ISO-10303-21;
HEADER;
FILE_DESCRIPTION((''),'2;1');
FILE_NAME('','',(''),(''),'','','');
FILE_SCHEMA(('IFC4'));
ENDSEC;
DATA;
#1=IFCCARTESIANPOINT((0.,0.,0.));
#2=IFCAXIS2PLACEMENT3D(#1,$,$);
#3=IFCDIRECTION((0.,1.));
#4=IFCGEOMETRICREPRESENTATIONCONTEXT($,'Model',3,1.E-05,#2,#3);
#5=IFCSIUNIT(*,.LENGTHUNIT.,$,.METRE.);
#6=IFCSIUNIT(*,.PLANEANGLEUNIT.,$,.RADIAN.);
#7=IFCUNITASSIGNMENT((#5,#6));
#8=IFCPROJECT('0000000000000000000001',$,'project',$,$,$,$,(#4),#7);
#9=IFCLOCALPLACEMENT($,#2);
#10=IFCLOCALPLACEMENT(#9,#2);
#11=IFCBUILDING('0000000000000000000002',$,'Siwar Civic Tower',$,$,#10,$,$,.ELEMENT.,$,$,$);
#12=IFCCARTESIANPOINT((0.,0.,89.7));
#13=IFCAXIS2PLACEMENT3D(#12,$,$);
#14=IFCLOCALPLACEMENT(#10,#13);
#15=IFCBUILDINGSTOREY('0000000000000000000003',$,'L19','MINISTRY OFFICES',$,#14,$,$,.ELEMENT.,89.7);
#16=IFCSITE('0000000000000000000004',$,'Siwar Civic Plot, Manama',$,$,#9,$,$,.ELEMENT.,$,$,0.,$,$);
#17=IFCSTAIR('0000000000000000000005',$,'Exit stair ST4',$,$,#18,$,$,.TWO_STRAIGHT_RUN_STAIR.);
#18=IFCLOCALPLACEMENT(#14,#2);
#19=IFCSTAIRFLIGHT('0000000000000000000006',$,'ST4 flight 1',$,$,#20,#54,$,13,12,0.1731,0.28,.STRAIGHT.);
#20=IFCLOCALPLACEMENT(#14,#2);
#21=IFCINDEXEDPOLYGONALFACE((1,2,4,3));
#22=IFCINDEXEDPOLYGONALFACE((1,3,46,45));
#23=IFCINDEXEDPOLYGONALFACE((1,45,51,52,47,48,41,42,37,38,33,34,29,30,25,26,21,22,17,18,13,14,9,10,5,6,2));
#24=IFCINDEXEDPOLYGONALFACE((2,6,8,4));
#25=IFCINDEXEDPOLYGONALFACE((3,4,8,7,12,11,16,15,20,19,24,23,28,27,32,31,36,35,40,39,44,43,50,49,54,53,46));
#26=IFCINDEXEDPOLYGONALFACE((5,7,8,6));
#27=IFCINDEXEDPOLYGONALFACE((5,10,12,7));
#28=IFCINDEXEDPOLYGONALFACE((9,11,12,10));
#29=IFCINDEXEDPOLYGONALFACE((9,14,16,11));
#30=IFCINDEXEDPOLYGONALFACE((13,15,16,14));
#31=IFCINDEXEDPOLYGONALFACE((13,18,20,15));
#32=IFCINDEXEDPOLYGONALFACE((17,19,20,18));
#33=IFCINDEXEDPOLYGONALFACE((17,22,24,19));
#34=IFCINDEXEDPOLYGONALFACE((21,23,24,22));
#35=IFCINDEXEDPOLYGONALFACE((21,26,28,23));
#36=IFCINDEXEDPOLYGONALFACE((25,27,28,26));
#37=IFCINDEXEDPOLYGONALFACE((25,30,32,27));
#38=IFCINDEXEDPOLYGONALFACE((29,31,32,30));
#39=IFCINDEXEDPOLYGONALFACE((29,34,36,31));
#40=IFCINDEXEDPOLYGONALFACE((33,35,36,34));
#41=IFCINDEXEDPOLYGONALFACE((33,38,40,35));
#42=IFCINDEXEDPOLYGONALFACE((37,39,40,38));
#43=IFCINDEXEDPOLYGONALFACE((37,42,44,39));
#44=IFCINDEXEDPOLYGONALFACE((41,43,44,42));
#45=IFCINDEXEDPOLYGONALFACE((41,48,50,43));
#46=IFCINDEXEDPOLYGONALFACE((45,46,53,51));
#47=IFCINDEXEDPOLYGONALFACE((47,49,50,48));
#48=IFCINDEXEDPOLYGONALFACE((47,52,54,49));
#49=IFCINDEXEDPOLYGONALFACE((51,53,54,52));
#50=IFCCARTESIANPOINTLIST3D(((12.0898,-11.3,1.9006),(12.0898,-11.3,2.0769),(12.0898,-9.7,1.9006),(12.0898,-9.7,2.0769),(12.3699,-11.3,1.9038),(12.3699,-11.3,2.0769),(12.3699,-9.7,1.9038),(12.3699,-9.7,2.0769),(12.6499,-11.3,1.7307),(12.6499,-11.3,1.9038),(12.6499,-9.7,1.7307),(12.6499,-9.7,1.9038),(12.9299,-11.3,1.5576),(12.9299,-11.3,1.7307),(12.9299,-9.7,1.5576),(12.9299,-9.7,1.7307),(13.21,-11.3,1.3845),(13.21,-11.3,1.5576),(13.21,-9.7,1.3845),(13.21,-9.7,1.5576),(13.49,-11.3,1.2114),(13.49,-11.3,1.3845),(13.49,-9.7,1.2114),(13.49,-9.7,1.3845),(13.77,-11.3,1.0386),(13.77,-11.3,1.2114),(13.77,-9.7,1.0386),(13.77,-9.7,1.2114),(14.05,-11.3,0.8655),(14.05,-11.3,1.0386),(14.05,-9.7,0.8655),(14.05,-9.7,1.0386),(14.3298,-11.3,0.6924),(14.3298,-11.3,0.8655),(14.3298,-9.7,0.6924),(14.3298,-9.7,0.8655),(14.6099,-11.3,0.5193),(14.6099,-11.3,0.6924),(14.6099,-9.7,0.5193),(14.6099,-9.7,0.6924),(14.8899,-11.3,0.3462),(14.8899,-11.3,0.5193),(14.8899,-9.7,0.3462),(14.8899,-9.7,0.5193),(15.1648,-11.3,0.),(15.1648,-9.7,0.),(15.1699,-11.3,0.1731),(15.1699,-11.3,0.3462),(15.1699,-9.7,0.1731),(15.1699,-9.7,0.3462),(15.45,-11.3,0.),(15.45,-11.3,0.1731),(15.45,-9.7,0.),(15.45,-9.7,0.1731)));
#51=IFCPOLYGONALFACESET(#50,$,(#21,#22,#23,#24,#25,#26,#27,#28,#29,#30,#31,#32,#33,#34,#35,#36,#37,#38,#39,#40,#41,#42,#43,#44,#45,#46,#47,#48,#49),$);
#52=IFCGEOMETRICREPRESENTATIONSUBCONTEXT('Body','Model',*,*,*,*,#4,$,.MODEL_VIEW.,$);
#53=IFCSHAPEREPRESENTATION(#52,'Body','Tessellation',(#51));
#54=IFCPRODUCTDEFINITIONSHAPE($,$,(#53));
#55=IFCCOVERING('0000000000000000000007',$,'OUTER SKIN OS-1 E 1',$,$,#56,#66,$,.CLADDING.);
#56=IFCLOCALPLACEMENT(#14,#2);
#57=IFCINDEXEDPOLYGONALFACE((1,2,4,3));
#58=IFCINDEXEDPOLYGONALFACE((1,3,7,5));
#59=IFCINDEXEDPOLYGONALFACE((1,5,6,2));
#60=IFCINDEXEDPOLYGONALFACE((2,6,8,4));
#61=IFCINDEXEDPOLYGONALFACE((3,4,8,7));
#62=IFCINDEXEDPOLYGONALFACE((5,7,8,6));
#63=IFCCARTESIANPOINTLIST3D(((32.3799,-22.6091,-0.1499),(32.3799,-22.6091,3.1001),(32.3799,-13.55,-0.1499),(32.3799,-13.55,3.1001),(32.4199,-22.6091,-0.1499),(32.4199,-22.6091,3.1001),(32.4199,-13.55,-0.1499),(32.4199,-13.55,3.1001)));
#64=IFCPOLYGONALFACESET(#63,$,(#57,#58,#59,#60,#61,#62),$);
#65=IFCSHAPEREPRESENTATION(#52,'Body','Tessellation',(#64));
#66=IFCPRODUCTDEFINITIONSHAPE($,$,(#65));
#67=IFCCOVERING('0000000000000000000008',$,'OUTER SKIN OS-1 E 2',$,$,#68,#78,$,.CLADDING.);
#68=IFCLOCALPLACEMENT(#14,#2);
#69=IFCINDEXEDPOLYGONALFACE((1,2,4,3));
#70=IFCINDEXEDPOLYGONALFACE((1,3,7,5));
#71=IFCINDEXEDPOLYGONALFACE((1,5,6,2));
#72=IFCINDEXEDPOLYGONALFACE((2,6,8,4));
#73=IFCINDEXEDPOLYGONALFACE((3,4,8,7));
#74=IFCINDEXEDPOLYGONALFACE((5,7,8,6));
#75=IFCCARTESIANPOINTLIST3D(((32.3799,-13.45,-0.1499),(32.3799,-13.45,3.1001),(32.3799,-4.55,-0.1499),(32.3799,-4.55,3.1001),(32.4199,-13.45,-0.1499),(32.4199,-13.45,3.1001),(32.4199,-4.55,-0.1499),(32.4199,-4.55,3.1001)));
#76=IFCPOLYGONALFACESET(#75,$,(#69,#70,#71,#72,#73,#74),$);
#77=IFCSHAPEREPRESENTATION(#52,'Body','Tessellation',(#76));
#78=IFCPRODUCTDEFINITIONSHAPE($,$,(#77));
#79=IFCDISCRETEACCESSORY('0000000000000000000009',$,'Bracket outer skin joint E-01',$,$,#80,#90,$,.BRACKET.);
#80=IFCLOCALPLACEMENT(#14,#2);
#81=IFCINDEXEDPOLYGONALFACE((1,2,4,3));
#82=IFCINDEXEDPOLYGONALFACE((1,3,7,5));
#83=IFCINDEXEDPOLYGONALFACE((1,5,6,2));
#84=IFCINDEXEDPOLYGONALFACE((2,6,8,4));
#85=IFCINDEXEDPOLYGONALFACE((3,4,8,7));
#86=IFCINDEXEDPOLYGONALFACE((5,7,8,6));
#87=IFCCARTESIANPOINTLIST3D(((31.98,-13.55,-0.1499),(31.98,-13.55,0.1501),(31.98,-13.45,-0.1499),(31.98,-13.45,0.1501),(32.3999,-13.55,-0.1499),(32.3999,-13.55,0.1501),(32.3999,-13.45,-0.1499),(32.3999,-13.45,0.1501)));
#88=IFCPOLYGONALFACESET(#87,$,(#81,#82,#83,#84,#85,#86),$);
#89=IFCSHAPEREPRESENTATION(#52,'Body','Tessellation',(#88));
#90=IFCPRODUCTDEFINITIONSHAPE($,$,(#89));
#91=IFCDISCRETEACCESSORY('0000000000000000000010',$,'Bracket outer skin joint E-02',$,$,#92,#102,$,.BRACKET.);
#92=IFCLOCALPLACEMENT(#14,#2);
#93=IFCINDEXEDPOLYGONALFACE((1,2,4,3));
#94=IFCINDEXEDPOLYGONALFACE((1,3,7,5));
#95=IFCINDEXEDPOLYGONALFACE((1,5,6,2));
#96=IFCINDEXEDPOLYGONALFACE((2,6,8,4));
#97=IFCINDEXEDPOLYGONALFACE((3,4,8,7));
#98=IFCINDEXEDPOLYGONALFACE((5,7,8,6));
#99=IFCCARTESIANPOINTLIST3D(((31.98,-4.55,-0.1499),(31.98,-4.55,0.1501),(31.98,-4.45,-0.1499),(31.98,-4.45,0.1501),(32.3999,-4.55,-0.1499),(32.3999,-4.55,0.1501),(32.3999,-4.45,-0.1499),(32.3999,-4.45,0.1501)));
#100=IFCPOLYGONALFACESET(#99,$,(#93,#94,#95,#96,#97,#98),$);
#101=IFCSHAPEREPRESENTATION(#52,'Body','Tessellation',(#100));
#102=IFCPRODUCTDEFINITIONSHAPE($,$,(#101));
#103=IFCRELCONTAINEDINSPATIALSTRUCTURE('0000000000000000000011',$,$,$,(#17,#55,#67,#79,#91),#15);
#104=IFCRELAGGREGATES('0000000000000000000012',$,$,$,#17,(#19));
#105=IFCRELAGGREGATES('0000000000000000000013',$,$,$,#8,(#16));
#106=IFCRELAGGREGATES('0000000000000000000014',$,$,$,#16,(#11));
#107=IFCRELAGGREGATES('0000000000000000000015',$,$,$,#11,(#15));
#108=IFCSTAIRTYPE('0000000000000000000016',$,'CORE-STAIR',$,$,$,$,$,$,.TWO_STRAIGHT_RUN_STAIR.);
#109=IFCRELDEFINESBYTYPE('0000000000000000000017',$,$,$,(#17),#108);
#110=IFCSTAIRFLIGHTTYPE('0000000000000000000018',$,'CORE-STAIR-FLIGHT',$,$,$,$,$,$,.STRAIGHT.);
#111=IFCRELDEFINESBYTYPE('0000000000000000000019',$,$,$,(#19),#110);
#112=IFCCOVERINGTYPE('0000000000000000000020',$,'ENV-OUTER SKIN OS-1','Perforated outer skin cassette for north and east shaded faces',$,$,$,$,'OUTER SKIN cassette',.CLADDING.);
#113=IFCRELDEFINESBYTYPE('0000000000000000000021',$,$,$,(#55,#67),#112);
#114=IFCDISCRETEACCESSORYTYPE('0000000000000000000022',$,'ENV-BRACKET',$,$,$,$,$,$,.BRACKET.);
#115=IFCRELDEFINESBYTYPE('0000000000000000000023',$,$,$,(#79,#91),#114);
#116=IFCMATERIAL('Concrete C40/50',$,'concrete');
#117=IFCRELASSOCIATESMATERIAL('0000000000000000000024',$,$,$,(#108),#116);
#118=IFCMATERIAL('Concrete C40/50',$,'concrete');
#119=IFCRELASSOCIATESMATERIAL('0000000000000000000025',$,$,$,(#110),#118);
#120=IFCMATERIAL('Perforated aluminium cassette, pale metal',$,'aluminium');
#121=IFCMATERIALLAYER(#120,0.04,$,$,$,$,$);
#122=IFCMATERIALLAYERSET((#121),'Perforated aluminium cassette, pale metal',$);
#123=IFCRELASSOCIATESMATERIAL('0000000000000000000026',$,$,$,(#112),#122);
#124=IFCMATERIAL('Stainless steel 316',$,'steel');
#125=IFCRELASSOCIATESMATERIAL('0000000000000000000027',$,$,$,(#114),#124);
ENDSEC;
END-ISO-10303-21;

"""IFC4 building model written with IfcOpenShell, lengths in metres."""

from ifc_helpers import new_model, si_unit, direction, frame, origin, origin_2d, place, context, subcontext, project, spatial, polyline, rectangle, outline, extrude, material, layer, layer_set, type_object, element, aggregate, save


model = new_model("IFC4")

# Units and contexts
model_context = context("Model", 3, precision=1e-05, world=origin(), true_north=direction((0.0, 1.0)))
body_context = subcontext(model_context, "Body", "Model", "MODEL_VIEW")
ifc_project = project(units=[si_unit("LENGTHUNIT", "METRE"), si_unit("PLANEANGLEUNIT", "RADIAN")], contexts=[model_context])

# Site, building, storey
site_placement = place(None, origin())
site = spatial("IfcSite", under=ifc_project, at=site_placement, Name="Siwar Civic Plot, Manama", CompositionType="ELEMENT", RefElevation=0.0)
building_placement = place(site_placement, origin())
building = spatial("IfcBuilding", under=site, at=building_placement, Name="Siwar Civic Tower", CompositionType="ELEMENT")
storey_placement = place(building_placement, frame((0.0, 0.0, 89.7)))
storey = spatial("IfcBuildingStorey", under=building, at=storey_placement, Name="L19", Description="MINISTRY OFFICES", CompositionType="ELEMENT", Elevation=89.7)

# Stair, stair flight
ifc_material_1 = material(Name="Concrete C40/50", Category="concrete")
stair_type = type_object("IfcStairType", Name="CORE-STAIR", PredefinedType="TWO_STRAIGHT_RUN_STAIR", material=ifc_material_1)
stair_placement = place(storey_placement, origin())
stair = element("IfcStair", 1, at=stair_placement, inside=storey, type_object=stair_type, Name="Exit stair ST4", PredefinedType="TWO_STRAIGHT_RUN_STAIR")
ifc_material_2 = material(Name="Concrete C40/50", Category="concrete")
stair_flight_type = type_object("IfcStairFlightType", Name="CORE-STAIR-FLIGHT", PredefinedType="STRAIGHT", material=ifc_material_2)
stair_flight_placement = place(storey_placement, frame((15.45, -10.5, 0.0), z_axis=(0.0, 0.0, 1.0), x_axis=(-1.0, 0.0, 0.0)))
stair_flight = element("IfcStairFlight", 2, at=stair_flight_placement, type_object=stair_flight_type, Name="ST4 flight 1", NumberOfRisers=13, NumberOfTreads=12, PredefinedType="STRAIGHT", RiserHeight=0.1731, TreadLength=0.28, context=body_context, shape_type="SweptSolid", body=[
    extrude(outline(polyline([(0.0, 0.0), (0.0, 0.1731), (0.28, 0.1731), (0.28, 0.3462), (0.5601, 0.3462), (0.5601, 0.5193), (0.8401, 0.5193), (0.8401, 0.6924), (1.1201, 0.6924), (1.1201, 0.8655), (1.3999, 0.8655), (1.3999, 1.0386), (1.6799, 1.0386), (1.6799, 1.2114), (1.96, 1.2114), (1.96, 1.3845), (2.24, 1.3845), (2.24, 1.5576), (2.52, 1.5576), (2.52, 1.7307), (2.8, 1.7307), (2.8, 1.9038), (3.0801, 1.9038), (3.0801, 2.0769), (3.3601, 2.0769), (3.3601, 2.25), (3.3601, 1.9006), (0.2852, 0.0), (0.0, 0.0)])), frame((0.0, 0.8, 0.0), z_axis=(0.0, -1.0, 0.0), x_axis=(1.0, 0.0, 0.0)), (0.0, 0.0, 1.0), 1.6001),
])
aggregate(stair, [stair_flight])

# Coverings
ifc_material_3 = material(Name="Perforated aluminium cassette, pale metal", Category="aluminium")
ifc_layer_1 = layer(ifc_material_3, 0.04)
ifc_layer_set_1 = layer_set([ifc_layer_1], Name="Perforated aluminium cassette, pale metal")
covering_type = type_object("IfcCoveringType", Name="ENV-OUTER SKIN OS-1", Description="Perforated outer skin cassette for north and east shaded faces", ElementType="OUTER SKIN cassette", PredefinedType="CLADDING", material=ifc_layer_set_1)
covering_1_placement = place(storey_placement, frame((32.3999, -18.0796, -0.1499), z_axis=(0.0, 0.0, 1.0), x_axis=(0.0, 1.0, 0.0)))
element("IfcCovering", 3, at=covering_1_placement, inside=storey, type_object=covering_type, Name="OUTER SKIN OS-1 E 1", PredefinedType="CLADDING", context=body_context, shape_type="SweptSolid", body=[
    extrude(rectangle(XDim=9.0591, YDim=0.04, at=origin_2d()), origin(), (0.0, 0.0, 1.0), 3.25),
])
covering_2_placement = place(storey_placement, frame((32.3999, -9.0, -0.1499), z_axis=(0.0, 0.0, 1.0), x_axis=(0.0, 1.0, 0.0)))
element("IfcCovering", 4, at=covering_2_placement, inside=storey, type_object=covering_type, Name="OUTER SKIN OS-1 E 2", PredefinedType="CLADDING", context=body_context, shape_type="SweptSolid", body=[
    extrude(rectangle(XDim=8.8999, YDim=0.04, at=origin_2d()), origin(), (0.0, 0.0, 1.0), 3.25),
])

# Discrete accessories
ifc_material_4 = material(Name="Stainless steel 316", Category="steel")
discrete_accessory_type = type_object("IfcDiscreteAccessoryType", Name="ENV-BRACKET", PredefinedType="BRACKET", material=ifc_material_4)
for number, where, z_axis, x_axis, name in (
    (5, (32.1899, -13.5, -0.1499), (0.0, 0.0, 1.0), (1.0, 0.0, 0.0), "Bracket outer skin joint E-01"),
    (6, (32.1899, -4.5, -0.1499), (0.0, 0.0, 1.0), (1.0, 0.0, 0.0), "Bracket outer skin joint E-02"),
):
    element("IfcDiscreteAccessory", number, at=place(storey_placement, frame(where, z_axis=z_axis, x_axis=x_axis)), inside=storey, type_object=discrete_accessory_type, Name=name, PredefinedType="BRACKET", context=body_context, shape_type="SweptSolid", body=[
        extrude(rectangle(XDim=0.4199, YDim=0.1001, at=origin_2d()), origin(), (0.0, 0.0, 1.0), 0.3),
    ])

save(model, "model.ifc")
